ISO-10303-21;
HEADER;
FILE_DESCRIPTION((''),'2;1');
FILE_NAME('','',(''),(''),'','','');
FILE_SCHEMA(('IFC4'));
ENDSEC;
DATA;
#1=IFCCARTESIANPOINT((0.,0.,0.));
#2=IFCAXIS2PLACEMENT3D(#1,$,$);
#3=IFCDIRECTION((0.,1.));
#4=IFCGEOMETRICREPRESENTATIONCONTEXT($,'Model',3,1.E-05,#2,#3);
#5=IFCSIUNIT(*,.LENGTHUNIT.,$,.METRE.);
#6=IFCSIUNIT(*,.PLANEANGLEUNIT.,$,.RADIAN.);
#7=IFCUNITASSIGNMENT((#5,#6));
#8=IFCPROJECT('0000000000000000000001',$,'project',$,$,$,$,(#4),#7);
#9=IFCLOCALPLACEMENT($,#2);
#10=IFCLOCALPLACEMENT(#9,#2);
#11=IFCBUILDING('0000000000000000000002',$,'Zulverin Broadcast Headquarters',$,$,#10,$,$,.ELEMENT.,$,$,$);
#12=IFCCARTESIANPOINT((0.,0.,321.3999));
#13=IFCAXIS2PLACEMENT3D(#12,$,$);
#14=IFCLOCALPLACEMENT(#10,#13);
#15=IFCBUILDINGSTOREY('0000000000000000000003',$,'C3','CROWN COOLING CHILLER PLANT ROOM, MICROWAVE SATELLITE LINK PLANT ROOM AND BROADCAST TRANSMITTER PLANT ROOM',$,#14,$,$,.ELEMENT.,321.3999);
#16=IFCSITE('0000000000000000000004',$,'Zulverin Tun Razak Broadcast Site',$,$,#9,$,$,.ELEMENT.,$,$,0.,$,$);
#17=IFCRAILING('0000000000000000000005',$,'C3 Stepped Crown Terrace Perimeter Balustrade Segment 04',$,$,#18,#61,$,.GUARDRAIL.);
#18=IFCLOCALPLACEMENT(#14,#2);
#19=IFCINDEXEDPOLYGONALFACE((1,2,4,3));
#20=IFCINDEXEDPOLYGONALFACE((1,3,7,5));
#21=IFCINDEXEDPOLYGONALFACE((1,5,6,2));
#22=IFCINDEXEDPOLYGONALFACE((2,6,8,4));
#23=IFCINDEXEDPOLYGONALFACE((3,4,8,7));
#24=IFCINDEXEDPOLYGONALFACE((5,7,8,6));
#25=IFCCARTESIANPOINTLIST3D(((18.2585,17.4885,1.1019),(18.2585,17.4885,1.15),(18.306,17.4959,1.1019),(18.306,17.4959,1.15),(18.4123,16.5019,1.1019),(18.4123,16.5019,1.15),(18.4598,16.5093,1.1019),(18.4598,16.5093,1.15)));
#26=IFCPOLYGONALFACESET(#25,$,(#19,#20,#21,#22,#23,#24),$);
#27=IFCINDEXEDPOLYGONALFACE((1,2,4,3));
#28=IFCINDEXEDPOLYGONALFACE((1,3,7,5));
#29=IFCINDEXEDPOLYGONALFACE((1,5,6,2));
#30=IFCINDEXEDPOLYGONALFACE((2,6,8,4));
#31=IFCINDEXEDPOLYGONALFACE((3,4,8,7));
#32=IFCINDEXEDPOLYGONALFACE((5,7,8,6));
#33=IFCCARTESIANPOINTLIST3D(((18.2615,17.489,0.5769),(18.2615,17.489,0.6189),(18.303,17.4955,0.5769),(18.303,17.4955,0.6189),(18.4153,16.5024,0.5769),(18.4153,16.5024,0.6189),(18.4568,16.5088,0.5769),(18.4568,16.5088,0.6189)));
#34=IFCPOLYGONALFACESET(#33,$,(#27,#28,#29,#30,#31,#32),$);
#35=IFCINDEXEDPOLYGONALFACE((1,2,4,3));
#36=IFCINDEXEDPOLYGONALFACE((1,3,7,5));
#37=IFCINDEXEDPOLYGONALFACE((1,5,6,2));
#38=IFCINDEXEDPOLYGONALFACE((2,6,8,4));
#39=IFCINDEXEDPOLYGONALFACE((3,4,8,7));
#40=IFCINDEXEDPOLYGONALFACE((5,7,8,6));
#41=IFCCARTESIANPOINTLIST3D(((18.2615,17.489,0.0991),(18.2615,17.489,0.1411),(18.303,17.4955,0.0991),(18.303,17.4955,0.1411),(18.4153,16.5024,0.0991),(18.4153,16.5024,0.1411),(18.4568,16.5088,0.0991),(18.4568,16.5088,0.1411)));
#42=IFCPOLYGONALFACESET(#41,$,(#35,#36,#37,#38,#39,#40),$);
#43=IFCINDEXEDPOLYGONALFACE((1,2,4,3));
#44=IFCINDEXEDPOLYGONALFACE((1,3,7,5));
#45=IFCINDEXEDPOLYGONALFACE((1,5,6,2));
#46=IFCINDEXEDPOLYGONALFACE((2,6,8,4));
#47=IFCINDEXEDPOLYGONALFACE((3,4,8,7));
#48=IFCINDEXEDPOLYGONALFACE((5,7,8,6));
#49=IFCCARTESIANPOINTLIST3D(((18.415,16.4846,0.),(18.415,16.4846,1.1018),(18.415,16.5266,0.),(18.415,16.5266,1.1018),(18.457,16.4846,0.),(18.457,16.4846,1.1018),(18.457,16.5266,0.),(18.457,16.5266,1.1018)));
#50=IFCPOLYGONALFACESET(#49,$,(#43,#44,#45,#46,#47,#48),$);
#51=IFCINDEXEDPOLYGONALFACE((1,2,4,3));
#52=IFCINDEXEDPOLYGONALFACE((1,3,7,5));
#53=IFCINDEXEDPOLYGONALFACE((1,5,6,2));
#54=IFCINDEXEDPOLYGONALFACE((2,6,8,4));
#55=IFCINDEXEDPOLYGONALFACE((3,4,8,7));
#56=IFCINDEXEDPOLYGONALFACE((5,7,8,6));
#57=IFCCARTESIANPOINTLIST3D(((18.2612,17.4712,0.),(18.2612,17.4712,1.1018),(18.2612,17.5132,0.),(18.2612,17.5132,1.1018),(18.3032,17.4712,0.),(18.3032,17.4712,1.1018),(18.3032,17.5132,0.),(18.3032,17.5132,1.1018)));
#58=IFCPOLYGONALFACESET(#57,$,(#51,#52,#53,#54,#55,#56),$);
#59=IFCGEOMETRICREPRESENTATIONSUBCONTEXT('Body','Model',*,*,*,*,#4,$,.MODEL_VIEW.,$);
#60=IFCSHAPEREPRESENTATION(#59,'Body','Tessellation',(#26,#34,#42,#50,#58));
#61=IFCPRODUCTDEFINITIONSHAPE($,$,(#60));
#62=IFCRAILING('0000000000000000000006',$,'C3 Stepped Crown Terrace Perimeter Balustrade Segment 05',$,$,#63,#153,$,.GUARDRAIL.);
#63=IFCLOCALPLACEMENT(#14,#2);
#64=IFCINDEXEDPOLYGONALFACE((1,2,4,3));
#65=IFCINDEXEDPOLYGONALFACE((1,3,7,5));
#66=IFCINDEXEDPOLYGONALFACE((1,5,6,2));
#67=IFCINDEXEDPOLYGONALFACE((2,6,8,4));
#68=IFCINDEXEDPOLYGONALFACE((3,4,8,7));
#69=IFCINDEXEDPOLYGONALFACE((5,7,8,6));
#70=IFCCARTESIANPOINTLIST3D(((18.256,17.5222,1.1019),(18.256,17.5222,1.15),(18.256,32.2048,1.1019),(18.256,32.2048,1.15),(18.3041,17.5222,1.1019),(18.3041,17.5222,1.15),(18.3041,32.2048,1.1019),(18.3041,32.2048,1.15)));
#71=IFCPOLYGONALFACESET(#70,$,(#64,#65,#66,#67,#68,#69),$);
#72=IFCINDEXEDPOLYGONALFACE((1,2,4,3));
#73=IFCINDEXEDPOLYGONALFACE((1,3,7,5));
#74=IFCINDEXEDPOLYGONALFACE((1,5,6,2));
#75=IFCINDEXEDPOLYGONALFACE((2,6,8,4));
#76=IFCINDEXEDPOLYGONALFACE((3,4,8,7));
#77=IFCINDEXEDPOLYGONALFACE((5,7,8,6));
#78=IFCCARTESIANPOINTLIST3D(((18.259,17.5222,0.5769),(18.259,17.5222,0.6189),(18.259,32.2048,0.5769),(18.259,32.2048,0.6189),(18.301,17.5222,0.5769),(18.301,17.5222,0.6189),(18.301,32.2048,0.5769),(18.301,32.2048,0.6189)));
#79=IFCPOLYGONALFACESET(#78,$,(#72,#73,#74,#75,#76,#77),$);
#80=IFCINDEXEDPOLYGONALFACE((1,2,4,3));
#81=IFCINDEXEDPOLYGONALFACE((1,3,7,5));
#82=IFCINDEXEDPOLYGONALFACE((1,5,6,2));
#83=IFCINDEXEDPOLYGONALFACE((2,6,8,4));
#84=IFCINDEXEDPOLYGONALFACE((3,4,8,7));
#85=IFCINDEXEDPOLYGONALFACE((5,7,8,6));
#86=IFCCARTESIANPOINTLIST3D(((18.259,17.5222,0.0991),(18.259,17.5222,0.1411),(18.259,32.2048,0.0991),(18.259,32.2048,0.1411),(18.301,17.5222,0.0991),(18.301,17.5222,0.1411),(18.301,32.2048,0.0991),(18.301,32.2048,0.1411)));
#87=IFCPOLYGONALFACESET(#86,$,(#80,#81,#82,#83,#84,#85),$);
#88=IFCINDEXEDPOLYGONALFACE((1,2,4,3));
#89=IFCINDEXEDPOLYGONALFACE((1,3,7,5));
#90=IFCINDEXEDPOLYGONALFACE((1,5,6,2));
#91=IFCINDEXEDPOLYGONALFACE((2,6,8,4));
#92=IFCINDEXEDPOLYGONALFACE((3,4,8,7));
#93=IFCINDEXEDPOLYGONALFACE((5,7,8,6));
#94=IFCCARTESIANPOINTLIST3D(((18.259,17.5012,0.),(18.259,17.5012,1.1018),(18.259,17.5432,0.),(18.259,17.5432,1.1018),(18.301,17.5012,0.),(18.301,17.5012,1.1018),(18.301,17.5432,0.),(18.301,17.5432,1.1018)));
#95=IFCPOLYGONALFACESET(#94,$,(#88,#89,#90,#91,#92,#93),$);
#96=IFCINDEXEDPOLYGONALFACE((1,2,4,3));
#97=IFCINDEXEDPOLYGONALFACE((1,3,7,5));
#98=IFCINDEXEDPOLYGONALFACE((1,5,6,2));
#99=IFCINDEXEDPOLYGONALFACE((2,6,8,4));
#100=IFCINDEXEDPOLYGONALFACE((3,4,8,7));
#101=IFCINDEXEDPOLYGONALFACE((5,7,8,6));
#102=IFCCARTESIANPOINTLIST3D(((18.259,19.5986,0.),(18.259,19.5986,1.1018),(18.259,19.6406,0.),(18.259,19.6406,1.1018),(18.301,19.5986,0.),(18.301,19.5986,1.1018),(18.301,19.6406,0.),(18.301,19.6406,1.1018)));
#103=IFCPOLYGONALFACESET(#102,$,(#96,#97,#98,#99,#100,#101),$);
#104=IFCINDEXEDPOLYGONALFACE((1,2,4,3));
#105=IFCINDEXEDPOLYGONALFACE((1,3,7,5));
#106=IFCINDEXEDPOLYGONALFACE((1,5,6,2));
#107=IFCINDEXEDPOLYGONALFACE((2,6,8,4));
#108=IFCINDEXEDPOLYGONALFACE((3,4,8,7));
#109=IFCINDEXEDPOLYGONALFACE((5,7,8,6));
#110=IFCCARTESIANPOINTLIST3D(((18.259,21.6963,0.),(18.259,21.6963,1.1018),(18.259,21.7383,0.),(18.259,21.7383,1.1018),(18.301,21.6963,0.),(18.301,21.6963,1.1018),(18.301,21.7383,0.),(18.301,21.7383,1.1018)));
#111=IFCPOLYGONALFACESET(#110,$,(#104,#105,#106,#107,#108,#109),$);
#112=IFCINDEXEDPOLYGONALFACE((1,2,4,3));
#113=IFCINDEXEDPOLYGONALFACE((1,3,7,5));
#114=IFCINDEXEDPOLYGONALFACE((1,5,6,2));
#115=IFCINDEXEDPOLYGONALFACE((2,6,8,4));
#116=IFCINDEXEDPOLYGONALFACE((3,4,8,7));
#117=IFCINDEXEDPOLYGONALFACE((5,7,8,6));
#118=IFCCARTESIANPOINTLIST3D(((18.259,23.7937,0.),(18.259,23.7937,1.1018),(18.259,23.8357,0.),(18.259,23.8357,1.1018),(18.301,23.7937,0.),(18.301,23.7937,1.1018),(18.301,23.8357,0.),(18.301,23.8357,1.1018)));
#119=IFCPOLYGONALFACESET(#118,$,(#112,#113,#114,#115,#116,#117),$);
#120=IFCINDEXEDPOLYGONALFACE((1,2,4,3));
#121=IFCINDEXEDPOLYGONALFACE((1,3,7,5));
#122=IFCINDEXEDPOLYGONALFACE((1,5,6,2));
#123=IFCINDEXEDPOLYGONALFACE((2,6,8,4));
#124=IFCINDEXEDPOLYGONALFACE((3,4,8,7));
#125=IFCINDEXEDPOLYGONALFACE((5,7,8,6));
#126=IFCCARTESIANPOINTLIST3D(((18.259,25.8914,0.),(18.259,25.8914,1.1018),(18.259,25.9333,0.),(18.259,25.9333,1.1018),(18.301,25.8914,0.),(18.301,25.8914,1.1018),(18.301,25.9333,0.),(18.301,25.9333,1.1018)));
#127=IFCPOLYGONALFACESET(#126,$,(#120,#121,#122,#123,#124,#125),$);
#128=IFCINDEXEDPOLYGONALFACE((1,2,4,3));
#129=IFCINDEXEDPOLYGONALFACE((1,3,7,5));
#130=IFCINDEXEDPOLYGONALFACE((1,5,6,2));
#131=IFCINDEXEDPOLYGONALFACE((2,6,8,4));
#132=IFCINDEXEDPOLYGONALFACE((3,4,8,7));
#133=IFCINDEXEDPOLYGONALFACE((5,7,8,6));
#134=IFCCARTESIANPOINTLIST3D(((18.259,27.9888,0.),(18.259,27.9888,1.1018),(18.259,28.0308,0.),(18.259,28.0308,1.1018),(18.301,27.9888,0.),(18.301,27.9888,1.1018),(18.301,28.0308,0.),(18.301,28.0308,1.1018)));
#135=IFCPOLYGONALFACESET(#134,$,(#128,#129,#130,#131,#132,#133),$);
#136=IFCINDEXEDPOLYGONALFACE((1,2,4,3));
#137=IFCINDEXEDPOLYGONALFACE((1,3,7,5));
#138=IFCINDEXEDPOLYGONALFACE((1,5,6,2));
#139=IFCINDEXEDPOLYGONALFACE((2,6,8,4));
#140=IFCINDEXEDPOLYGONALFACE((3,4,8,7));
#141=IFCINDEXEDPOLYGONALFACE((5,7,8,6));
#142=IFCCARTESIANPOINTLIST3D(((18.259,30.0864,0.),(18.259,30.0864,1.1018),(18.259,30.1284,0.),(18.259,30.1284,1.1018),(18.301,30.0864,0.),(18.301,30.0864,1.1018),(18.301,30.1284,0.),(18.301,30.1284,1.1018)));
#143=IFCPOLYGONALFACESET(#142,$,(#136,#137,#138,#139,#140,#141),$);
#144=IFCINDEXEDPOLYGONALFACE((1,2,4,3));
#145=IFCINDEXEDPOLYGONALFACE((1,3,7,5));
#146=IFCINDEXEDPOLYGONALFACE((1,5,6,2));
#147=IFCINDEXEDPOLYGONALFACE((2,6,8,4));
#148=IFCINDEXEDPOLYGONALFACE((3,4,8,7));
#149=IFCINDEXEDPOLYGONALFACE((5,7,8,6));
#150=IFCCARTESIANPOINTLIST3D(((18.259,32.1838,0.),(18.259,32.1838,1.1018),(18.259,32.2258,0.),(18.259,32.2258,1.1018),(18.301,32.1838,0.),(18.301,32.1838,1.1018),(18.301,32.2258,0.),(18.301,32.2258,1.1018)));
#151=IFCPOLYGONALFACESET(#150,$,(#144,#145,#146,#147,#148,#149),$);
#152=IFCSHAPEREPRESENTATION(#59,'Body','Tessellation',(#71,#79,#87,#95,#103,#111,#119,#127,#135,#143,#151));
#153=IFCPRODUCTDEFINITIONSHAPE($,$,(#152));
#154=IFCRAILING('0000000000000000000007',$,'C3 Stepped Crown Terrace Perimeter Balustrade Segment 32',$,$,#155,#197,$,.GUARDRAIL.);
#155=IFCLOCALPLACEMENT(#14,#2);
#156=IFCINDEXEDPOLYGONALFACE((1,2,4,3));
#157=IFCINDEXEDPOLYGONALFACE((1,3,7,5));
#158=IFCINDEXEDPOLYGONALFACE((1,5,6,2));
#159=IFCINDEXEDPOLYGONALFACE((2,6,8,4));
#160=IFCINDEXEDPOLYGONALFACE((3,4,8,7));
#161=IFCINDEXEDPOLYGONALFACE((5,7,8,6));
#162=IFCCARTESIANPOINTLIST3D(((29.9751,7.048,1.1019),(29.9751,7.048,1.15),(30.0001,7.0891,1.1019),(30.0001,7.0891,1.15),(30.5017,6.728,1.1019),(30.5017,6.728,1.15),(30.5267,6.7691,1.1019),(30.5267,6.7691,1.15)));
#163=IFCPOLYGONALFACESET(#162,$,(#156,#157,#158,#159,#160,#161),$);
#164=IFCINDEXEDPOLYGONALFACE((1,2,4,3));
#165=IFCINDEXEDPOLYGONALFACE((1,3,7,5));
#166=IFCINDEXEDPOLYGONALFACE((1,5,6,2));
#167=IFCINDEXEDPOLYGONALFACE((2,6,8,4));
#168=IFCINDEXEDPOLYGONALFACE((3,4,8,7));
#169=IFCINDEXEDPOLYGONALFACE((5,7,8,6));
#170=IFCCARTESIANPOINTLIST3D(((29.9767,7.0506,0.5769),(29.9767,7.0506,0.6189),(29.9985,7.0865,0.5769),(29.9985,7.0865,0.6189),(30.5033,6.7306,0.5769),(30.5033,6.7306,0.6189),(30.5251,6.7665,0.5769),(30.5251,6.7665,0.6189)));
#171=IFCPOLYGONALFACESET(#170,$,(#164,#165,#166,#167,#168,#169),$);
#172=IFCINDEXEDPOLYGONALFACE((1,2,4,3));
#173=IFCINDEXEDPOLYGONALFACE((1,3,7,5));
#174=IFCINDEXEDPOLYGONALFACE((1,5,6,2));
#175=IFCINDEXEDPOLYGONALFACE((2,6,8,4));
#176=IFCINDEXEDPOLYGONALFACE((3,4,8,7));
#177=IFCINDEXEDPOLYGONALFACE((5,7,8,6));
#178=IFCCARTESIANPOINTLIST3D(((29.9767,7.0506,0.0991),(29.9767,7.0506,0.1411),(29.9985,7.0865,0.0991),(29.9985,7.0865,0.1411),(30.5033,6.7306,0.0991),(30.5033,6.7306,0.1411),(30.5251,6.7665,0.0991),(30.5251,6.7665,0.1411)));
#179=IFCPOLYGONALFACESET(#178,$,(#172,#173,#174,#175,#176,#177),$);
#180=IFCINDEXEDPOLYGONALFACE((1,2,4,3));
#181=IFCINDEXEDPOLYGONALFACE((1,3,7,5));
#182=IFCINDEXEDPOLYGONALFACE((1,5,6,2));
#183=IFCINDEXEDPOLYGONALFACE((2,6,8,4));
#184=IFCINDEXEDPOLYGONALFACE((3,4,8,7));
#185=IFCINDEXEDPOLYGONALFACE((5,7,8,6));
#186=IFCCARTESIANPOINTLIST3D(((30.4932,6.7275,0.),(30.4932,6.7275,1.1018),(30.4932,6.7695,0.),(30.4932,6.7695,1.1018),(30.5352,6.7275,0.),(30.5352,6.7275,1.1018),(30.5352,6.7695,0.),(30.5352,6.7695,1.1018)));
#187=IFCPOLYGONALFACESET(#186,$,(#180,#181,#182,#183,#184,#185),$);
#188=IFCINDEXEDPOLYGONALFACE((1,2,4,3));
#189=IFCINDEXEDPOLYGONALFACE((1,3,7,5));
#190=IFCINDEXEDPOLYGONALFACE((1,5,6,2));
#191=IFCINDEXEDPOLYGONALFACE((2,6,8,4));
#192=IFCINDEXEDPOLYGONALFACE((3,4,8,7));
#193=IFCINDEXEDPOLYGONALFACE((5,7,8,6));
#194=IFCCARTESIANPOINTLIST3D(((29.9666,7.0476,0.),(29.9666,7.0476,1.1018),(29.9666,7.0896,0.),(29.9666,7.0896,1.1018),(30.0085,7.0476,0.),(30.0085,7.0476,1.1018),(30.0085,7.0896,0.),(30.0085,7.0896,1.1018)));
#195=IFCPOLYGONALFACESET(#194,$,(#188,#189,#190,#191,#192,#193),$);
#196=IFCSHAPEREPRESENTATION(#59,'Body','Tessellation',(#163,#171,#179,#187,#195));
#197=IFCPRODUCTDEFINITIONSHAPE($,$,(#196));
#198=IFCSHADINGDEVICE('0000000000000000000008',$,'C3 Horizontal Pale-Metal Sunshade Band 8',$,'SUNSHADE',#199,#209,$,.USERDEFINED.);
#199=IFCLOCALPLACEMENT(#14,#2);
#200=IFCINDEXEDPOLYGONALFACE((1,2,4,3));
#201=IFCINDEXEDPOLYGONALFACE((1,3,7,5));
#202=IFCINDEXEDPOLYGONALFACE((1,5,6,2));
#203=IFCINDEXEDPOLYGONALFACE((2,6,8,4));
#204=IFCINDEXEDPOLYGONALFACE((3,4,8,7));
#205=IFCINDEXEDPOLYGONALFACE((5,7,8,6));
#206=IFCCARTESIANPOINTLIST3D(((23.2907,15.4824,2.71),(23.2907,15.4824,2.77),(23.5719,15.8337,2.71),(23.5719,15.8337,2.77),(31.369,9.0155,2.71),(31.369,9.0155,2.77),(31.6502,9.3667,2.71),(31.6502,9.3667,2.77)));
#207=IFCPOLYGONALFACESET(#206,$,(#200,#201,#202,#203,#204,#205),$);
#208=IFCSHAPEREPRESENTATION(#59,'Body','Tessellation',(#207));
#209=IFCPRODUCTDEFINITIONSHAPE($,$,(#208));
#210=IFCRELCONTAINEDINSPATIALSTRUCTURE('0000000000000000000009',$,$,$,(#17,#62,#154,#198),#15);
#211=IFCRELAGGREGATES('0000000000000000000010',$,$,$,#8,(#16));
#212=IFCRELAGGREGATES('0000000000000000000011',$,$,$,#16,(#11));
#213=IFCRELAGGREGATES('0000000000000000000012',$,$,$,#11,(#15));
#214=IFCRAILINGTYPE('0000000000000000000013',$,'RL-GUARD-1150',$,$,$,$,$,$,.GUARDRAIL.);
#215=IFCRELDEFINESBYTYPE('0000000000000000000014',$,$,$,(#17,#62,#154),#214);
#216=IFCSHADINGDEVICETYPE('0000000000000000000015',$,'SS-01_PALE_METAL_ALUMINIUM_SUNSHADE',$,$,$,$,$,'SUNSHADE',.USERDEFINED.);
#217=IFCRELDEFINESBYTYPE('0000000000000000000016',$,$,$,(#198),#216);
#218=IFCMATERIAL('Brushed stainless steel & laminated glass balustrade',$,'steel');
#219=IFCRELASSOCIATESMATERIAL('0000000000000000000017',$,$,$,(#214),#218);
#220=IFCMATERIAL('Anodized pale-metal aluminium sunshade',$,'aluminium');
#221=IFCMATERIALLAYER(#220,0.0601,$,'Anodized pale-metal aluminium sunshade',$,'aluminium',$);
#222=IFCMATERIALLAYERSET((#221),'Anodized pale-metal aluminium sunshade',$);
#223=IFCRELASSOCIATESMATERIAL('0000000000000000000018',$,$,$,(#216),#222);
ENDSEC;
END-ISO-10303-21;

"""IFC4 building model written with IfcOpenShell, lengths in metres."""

from ifc_helpers import new_model, si_unit, direction, frame, origin, origin_2d, place, context, subcontext, project, spatial, rectangle, extrude, material, layer, layer_set, type_object, element, save


model = new_model("IFC4")

# Units and contexts
model_context = context("Model", 3, precision=1e-05, world=origin(), true_north=direction((0.0, 1.0)))
body_context = subcontext(model_context, "Body", "Model", "MODEL_VIEW")
ifc_project = project(units=[si_unit("LENGTHUNIT", "METRE"), si_unit("PLANEANGLEUNIT", "RADIAN")], contexts=[model_context])

# Site, building, storey
site_placement = place(None, origin())
site = spatial("IfcSite", under=ifc_project, at=site_placement, Name="Zulverin Tun Razak Broadcast Site", CompositionType="ELEMENT", RefElevation=0.0)
building_placement = place(site_placement, origin())
building = spatial("IfcBuilding", under=site, at=building_placement, Name="Zulverin Broadcast Headquarters", CompositionType="ELEMENT")
storey_placement = place(building_placement, frame((0.0, 0.0, 321.3999)))
storey = spatial("IfcBuildingStorey", under=building, at=storey_placement, Name="C3", Description="CROWN COOLING CHILLER PLANT ROOM, MICROWAVE SATELLITE LINK PLANT ROOM AND BROADCAST TRANSMITTER PLANT ROOM", CompositionType="ELEMENT", Elevation=321.3999)

# Railings
ifc_material_1 = material(Name="Brushed stainless steel & laminated glass balustrade", Category="steel")
railing_type = type_object("IfcRailingType", Name="RL-GUARD-1150", PredefinedType="GUARDRAIL", material=ifc_material_1)
railing_1_placement = place(storey_placement, frame((18.436, 16.5056, 0.0)))
element("IfcRailing", 1, at=railing_1_placement, inside=storey, type_object=railing_type, Name="C3 Stepped Crown Terrace Perimeter Balustrade Segment 04", PredefinedType="GUARDRAIL", context=body_context, shape_type="SweptSolid", body=[
    extrude(rectangle(XDim=0.0481, YDim=0.0481, at=origin_2d()), frame((0.0, 0.0, 1.126), z_axis=(-0.154041, 0.988064, 0.0), x_axis=(-0.988064, -0.154041, 0.0)), (0.0, 0.0, 1.0), 0.9985),
    extrude(rectangle(XDim=0.042, YDim=0.042, at=origin_2d()), frame((0.0, 0.0, 0.5979), z_axis=(-0.154041, 0.988064, 0.0), x_axis=(-0.988064, -0.154041, 0.0)), (0.0, 0.0, 1.0), 0.9985),
    extrude(rectangle(XDim=0.042, YDim=0.042, at=origin_2d()), frame((0.0, 0.0, 0.1201), z_axis=(-0.154041, 0.988064, 0.0), x_axis=(-0.988064, -0.154041, 0.0)), (0.0, 0.0, 1.0), 0.9985),
    extrude(rectangle(XDim=0.042, YDim=0.042, at=origin_2d()), origin(), (0.0, 0.0, 1.0), 1.1018),
    extrude(rectangle(XDim=0.042, YDim=0.042, at=origin_2d()), frame((-0.1538, 0.9866, 0.0)), (0.0, 0.0, 1.0), 1.1018),
])
railing_2_placement = place(storey_placement, frame((18.28, 17.5222, 0.0)))
element("IfcRailing", 2, at=railing_2_placement, inside=storey, type_object=railing_type, Name="C3 Stepped Crown Terrace Perimeter Balustrade Segment 05", PredefinedType="GUARDRAIL", context=body_context, shape_type="SweptSolid", body=[
    extrude(rectangle(XDim=0.0481, YDim=0.0481, at=origin_2d()), frame((0.0, 0.0, 1.126), z_axis=(0.0, 1.0, 0.0), x_axis=(-1.0, 0.0, 0.0)), (0.0, 0.0, 1.0), 14.6826),
    extrude(rectangle(XDim=0.042, YDim=0.042, at=origin_2d()), frame((0.0, 0.0, 0.5979), z_axis=(0.0, 1.0, 0.0), x_axis=(-1.0, 0.0, 0.0)), (0.0, 0.0, 1.0), 14.6826),
    extrude(rectangle(XDim=0.042, YDim=0.042, at=origin_2d()), frame((0.0, 0.0, 0.1201), z_axis=(0.0, 1.0, 0.0), x_axis=(-1.0, 0.0, 0.0)), (0.0, 0.0, 1.0), 14.6826),
    extrude(rectangle(XDim=0.042, YDim=0.042, at=origin_2d()), origin(), (0.0, 0.0, 1.0), 1.1018),
    extrude(rectangle(XDim=0.042, YDim=0.042, at=origin_2d()), frame((0.0, 2.0974, 0.0)), (0.0, 0.0, 1.0), 1.1018),
    extrude(rectangle(XDim=0.042, YDim=0.042, at=origin_2d()), frame((0.0, 4.1951, 0.0)), (0.0, 0.0, 1.0), 1.1018),
    extrude(rectangle(XDim=0.042, YDim=0.042, at=origin_2d()), frame((0.0, 6.2925, 0.0)), (0.0, 0.0, 1.0), 1.1018),
    extrude(rectangle(XDim=0.042, YDim=0.042, at=origin_2d()), frame((0.0, 8.3901, 0.0)), (0.0, 0.0, 1.0), 1.1018),
    extrude(rectangle(XDim=0.042, YDim=0.042, at=origin_2d()), frame((0.0, 10.4875, 0.0)), (0.0, 0.0, 1.0), 1.1018),
    extrude(rectangle(XDim=0.042, YDim=0.042, at=origin_2d()), frame((0.0, 12.5852, 0.0)), (0.0, 0.0, 1.0), 1.1018),
    extrude(rectangle(XDim=0.042, YDim=0.042, at=origin_2d()), frame((0.0, 14.6826, 0.0)), (0.0, 0.0, 1.0), 1.1018),
])
railing_3_placement = place(storey_placement, frame((30.5142, 6.7485, 0.0)))
element("IfcRailing", 3, at=railing_3_placement, inside=storey, type_object=railing_type, Name="C3 Stepped Crown Terrace Perimeter Balustrade Segment 32", PredefinedType="GUARDRAIL", context=body_context, shape_type="SweptSolid", body=[
    extrude(rectangle(XDim=0.0481, YDim=0.0481, at=origin_2d()), frame((0.0, 0.0, 1.126), z_axis=(-0.854543, 0.519381, 0.0), x_axis=(-0.519381, -0.854543, 0.0)), (0.0, 0.0, 1.0), 0.6162),
    extrude(rectangle(XDim=0.042, YDim=0.042, at=origin_2d()), frame((0.0, 0.0, 0.5979), z_axis=(-0.854543, 0.519381, 0.0), x_axis=(-0.519381, -0.854543, 0.0)), (0.0, 0.0, 1.0), 0.6162),
    extrude(rectangle(XDim=0.042, YDim=0.042, at=origin_2d()), frame((0.0, 0.0, 0.1201), z_axis=(-0.854543, 0.519381, 0.0), x_axis=(-0.519381, -0.854543, 0.0)), (0.0, 0.0, 1.0), 0.6162),
    extrude(rectangle(XDim=0.042, YDim=0.042, at=origin_2d()), origin(), (0.0, 0.0, 1.0), 1.1018),
    extrude(rectangle(XDim=0.042, YDim=0.042, at=origin_2d()), frame((-0.5266, 0.3201, 0.0)), (0.0, 0.0, 1.0), 1.1018),
])

# Shading device
ifc_material_2 = material(Name="Anodized pale-metal aluminium sunshade", Category="aluminium")
ifc_layer_1 = layer(ifc_material_2, 0.0601, Name="Anodized pale-metal aluminium sunshade", Category="aluminium")
ifc_layer_set_1 = layer_set([ifc_layer_1], Name="Anodized pale-metal aluminium sunshade")
shading_device_type = type_object("IfcShadingDeviceType", Name="SS-01_PALE_METAL_ALUMINIUM_SUNSHADE", ElementType="SUNSHADE", PredefinedType="USERDEFINED", material=ifc_layer_set_1)
shading_device_placement = place(storey_placement, frame((27.4705, 12.4246, 2.71), z_axis=(0.0, 0.0, 1.0), x_axis=(0.780664, -0.624951, 0.0)))
element("IfcShadingDevice", 4, at=shading_device_placement, inside=storey, type_object=shading_device_type, Name="C3 Horizontal Pale-Metal Sunshade Band 8", ObjectType="SUNSHADE", PredefinedType="USERDEFINED", context=body_context, shape_type="SweptSolid", body=[
    extrude(rectangle(XDim=10.3479, YDim=0.45, at=origin_2d()), origin(), (0.0, 0.0, 1.0), 0.0601),
])

save(model, "model.ifc")
